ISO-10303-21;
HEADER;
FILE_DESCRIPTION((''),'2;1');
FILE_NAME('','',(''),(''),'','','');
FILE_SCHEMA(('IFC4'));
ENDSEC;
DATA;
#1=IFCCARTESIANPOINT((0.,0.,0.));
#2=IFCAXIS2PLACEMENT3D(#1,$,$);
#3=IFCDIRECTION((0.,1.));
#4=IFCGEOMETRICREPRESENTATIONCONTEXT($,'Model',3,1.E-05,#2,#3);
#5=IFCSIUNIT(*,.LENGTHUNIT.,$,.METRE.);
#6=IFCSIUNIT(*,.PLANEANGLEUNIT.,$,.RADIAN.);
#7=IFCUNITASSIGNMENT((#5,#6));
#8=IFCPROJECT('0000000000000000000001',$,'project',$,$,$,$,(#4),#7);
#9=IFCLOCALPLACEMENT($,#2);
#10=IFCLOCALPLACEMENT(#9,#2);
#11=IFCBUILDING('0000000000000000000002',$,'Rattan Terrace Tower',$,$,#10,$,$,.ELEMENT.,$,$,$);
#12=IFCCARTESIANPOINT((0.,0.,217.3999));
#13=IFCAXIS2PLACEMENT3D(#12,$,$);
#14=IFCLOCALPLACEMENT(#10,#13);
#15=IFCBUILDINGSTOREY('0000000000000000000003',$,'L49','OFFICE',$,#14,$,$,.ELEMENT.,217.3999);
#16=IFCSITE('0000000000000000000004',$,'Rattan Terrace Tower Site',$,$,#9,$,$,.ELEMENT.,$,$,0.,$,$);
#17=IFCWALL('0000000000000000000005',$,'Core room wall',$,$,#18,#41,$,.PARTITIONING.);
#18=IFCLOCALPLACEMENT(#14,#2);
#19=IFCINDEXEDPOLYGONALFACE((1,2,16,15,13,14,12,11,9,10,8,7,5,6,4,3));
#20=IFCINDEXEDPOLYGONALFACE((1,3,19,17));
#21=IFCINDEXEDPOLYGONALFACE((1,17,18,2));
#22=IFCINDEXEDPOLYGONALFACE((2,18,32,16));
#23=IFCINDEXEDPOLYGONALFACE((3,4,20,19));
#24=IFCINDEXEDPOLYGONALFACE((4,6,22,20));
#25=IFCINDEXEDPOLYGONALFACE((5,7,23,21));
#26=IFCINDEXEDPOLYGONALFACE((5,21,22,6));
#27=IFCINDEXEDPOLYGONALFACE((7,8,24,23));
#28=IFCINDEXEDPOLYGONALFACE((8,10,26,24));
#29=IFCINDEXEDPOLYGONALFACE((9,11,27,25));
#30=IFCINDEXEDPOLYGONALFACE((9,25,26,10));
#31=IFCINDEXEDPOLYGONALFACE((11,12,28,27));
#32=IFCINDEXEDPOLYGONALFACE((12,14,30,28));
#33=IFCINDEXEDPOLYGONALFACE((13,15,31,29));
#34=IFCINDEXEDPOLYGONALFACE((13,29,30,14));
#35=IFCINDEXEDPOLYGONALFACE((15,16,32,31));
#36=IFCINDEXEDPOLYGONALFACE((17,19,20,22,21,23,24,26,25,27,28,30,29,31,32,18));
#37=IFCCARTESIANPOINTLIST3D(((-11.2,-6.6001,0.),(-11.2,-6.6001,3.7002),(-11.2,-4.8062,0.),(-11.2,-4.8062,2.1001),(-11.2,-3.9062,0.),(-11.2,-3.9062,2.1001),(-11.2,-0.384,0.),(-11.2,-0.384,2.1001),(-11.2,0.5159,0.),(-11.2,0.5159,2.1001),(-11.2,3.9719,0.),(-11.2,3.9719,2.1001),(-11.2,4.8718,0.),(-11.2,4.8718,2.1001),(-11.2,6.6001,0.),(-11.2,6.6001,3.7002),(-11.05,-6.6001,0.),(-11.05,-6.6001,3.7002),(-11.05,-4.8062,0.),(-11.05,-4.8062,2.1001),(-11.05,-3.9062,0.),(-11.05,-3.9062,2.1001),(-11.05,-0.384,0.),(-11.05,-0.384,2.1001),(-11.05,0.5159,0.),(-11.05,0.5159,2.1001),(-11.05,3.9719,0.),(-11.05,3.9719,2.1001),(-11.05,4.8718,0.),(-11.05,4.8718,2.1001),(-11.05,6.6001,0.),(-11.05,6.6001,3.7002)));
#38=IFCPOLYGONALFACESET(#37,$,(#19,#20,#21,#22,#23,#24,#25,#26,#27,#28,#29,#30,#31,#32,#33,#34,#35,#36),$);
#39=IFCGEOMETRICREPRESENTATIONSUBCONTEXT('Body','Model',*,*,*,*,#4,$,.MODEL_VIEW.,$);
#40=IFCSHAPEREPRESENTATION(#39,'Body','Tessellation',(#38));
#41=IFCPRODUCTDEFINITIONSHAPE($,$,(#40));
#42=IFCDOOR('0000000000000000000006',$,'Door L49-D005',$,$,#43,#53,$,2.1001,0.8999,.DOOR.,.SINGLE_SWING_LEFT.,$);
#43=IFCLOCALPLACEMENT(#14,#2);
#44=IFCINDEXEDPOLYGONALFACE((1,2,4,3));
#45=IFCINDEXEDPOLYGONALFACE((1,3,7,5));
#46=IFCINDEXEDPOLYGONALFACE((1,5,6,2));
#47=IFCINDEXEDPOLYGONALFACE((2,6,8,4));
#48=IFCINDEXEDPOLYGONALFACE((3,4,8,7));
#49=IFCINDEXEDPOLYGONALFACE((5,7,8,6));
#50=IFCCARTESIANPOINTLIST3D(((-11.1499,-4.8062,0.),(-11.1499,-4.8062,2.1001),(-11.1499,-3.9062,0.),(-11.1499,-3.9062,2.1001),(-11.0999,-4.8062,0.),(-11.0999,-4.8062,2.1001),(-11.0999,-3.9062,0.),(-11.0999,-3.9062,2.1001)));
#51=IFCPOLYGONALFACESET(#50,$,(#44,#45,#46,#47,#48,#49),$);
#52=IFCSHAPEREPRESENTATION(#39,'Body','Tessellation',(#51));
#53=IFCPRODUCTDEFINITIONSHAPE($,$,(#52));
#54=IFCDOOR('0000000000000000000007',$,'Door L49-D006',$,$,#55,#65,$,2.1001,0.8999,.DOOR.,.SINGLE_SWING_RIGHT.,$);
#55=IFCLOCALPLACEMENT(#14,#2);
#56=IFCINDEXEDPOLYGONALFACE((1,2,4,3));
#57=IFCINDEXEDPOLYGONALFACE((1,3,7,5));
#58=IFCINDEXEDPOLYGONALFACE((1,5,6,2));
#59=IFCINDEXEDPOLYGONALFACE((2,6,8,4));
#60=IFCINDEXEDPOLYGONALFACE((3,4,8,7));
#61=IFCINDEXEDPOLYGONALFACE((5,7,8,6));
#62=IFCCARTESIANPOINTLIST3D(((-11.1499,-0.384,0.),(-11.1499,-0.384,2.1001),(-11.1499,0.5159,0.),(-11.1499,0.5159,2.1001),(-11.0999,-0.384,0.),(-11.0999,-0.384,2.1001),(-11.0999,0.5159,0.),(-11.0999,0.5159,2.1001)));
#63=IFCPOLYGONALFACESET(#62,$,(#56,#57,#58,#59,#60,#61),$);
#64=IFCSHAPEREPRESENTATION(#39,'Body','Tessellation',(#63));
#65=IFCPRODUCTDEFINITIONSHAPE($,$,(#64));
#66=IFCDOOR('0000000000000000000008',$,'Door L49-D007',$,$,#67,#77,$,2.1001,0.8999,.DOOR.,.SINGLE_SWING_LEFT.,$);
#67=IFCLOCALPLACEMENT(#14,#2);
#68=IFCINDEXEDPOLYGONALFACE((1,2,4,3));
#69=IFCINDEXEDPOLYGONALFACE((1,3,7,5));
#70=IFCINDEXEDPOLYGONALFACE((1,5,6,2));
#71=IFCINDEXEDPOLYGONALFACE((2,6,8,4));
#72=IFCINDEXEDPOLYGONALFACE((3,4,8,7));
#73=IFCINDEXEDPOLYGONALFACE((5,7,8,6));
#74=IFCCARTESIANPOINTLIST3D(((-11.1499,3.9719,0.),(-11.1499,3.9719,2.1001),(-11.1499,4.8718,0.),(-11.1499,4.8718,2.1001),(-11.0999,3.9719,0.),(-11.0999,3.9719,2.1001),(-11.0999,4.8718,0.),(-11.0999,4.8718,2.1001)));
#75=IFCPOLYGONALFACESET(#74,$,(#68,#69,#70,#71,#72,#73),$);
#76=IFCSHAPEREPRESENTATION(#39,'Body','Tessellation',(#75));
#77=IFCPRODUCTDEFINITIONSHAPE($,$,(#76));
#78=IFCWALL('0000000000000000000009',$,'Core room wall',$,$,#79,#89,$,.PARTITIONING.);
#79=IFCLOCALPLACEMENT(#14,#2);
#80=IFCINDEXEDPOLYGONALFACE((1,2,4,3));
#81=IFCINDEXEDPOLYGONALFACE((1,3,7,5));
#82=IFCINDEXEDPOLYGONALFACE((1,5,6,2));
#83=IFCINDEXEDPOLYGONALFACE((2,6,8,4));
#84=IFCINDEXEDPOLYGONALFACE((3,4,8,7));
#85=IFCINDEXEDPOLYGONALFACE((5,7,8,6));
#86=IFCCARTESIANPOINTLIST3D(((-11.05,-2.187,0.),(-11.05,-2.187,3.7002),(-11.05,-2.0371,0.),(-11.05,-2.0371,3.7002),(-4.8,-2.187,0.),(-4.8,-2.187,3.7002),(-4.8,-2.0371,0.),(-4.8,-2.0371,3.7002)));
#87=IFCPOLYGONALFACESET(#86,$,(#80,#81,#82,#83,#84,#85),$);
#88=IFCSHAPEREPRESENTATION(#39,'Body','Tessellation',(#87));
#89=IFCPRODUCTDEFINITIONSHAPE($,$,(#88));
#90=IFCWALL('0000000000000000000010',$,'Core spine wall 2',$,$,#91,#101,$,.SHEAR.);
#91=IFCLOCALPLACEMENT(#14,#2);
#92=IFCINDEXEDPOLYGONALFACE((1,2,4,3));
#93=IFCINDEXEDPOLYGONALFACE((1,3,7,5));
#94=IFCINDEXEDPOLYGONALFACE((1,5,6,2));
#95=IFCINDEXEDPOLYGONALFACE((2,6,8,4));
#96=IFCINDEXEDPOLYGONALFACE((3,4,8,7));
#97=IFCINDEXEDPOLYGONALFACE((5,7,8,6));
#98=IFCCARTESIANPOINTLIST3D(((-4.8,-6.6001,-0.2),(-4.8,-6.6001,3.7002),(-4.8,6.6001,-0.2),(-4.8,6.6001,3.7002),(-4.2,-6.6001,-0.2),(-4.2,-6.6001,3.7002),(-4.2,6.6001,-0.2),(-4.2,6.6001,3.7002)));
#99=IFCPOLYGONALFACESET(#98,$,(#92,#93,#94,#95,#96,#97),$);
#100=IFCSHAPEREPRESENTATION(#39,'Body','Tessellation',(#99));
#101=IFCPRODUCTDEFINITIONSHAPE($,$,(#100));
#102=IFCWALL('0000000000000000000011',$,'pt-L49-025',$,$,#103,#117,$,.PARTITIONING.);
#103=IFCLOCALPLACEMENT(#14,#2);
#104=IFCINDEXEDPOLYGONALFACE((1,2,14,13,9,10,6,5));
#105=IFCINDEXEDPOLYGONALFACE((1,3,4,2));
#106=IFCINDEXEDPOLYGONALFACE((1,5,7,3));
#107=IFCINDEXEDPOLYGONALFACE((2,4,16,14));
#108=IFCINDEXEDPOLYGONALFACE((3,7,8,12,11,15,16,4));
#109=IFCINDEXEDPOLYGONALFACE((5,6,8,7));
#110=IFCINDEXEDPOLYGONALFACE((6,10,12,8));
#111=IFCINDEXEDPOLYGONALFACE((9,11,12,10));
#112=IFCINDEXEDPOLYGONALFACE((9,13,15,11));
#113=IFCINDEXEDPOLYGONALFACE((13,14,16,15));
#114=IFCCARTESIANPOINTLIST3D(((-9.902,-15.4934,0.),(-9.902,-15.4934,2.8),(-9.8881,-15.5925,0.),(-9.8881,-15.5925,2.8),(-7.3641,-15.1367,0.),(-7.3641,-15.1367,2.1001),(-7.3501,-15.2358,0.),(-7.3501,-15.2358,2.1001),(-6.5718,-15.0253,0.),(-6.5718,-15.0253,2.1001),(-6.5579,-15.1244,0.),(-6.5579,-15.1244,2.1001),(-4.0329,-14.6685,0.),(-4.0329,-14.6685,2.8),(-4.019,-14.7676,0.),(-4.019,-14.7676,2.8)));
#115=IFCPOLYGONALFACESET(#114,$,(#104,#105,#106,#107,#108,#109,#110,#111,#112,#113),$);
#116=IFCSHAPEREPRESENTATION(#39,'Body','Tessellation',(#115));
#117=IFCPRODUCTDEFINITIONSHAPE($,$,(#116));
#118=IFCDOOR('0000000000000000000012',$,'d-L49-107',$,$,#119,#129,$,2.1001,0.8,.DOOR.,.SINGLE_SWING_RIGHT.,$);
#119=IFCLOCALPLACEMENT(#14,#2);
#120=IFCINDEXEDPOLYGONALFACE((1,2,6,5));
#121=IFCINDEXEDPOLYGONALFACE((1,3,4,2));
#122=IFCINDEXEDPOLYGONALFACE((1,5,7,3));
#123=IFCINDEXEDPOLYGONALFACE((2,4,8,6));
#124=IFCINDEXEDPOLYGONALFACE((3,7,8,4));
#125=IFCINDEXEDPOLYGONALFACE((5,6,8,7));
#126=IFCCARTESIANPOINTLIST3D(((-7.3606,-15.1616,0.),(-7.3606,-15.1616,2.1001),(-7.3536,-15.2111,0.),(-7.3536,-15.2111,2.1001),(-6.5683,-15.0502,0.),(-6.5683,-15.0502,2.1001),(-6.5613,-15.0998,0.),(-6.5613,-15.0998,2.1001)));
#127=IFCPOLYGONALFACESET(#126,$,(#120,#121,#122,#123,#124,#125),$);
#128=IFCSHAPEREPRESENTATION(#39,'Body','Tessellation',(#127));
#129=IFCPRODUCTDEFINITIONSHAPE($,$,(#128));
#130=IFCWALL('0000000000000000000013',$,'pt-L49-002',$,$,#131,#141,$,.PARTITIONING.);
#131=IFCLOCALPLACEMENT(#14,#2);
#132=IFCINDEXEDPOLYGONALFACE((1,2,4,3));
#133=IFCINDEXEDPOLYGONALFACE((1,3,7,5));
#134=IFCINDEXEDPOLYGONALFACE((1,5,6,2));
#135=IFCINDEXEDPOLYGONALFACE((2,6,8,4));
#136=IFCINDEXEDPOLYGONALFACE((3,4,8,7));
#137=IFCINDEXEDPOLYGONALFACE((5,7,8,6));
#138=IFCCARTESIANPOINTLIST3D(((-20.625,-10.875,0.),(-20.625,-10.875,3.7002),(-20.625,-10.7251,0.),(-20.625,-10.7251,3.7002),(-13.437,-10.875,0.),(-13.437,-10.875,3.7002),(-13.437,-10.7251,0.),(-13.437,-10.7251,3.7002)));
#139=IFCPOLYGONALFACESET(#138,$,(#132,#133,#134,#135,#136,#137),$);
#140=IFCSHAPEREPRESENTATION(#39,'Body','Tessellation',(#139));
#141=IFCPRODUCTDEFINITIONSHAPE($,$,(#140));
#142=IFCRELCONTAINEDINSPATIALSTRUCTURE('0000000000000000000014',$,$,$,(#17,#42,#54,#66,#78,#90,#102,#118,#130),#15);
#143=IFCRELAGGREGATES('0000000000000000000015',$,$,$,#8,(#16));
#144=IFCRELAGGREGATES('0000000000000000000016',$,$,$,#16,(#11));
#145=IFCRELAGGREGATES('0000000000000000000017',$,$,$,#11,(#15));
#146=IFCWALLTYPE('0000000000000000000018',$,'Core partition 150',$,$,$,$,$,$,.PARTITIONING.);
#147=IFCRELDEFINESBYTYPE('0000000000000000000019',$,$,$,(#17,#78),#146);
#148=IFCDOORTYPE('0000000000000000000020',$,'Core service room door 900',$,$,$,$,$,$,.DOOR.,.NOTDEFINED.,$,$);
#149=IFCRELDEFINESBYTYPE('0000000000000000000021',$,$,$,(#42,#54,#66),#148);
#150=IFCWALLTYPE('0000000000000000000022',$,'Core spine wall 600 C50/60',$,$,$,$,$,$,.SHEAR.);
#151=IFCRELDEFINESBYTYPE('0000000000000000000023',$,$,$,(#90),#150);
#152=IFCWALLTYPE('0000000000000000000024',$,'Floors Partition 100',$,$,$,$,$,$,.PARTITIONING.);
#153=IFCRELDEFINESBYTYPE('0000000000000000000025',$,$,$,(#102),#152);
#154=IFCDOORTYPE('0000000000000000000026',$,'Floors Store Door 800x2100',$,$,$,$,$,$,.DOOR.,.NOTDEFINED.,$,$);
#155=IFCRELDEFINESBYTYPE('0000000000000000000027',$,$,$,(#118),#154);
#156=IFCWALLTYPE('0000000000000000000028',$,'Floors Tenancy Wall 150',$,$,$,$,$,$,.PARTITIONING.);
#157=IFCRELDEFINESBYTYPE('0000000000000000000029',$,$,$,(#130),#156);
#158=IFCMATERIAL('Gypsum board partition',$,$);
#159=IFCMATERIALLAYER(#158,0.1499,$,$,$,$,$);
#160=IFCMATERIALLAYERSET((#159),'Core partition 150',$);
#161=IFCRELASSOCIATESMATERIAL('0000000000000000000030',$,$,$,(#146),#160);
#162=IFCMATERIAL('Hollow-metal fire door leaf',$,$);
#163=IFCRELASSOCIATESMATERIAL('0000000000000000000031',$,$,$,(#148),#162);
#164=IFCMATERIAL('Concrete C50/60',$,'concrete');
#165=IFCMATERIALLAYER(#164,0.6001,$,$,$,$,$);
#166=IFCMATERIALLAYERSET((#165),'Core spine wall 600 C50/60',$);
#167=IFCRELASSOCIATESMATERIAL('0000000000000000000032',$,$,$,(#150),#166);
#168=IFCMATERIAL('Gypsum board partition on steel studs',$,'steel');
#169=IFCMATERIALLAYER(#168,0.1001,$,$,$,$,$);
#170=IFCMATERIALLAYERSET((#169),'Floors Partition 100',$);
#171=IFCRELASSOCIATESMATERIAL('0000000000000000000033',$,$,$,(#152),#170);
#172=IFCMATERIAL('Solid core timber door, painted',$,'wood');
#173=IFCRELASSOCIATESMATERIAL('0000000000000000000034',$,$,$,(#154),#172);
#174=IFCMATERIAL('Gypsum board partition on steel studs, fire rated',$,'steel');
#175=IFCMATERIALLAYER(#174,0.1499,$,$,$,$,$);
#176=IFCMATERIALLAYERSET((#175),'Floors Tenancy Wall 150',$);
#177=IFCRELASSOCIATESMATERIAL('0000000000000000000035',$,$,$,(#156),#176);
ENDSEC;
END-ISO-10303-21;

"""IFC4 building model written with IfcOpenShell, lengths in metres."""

from ifc_helpers import new_model, si_unit, direction, frame, frame_2d, origin, place, context, subcontext, project, spatial, rectangle, extrude, material, layer, layer_set, type_object, element, fill, save


model = new_model("IFC4")

# Units and contexts
model_context = context("Model", 3, precision=1e-05, world=origin(), true_north=direction((0.0, 1.0)))
body_context = subcontext(model_context, "Body", "Model", "MODEL_VIEW")
ifc_project = project(units=[si_unit("LENGTHUNIT", "METRE"), si_unit("PLANEANGLEUNIT", "RADIAN")], contexts=[model_context])

# Site, building, storey
site_placement = place(None, origin())
site = spatial("IfcSite", under=ifc_project, at=site_placement, Name="Rattan Terrace Tower Site", CompositionType="ELEMENT", RefElevation=0.0)
building_placement = place(site_placement, origin())
building = spatial("IfcBuilding", under=site, at=building_placement, Name="Rattan Terrace Tower", CompositionType="ELEMENT")
storey_placement = place(building_placement, frame((0.0, 0.0, 217.3999)))
storey = spatial("IfcBuildingStorey", under=building, at=storey_placement, Name="L49", Description="OFFICE", CompositionType="ELEMENT", Elevation=217.3999)

# Wall, openings, doors
ifc_material_1 = material(Name="Gypsum board partition")
ifc_layer_1 = layer(ifc_material_1, 0.1499)
ifc_layer_set_1 = layer_set([ifc_layer_1], Name="Core partition 150")
wall_type_1 = type_object("IfcWallType", Name="Core partition 150", PredefinedType="PARTITIONING", material=ifc_layer_set_1)
wall_1_placement = place(storey_placement, frame((-11.125, -6.6001, 0.0), z_axis=(0.0, 0.0, 1.0), x_axis=(0.0, 1.0, 0.0)))
wall_1 = element("IfcWall", 1, at=wall_1_placement, inside=storey, type_object=wall_type_1, Name="Core room wall", PredefinedType="PARTITIONING", context=body_context, shape_type="SweptSolid", body=[
    extrude(rectangle(XDim=13.2002, YDim=0.1499, at=frame_2d((6.6001, 0.0))), origin(), (0.0, 0.0, 1.0), 3.7002),
])
opening_1_placement = place(wall_1_placement, frame((1.7939, 0.0, 0.0)))
opening_1 = element("IfcOpeningElement", 2, at=opening_1_placement, cuts=wall_1, PredefinedType="OPENING", context=body_context, shape_type="SweptSolid", body=[
    extrude(rectangle(XDim=0.8999, YDim=2.1001, at=frame_2d((0.45, 1.05))), frame((0.0, 0.0854, 0.0), z_axis=(0.0, -1.0, 0.0), x_axis=(1.0, 0.0, 0.0)), (0.0, 0.0, 1.0), 0.1709),
])
opening_2_placement = place(wall_1_placement, frame((6.2161, 0.0, 0.0)))
opening_2 = element("IfcOpeningElement", 3, at=opening_2_placement, cuts=wall_1, PredefinedType="OPENING", context=body_context, shape_type="SweptSolid", body=[
    extrude(rectangle(XDim=0.8999, YDim=2.1001, at=frame_2d((0.45, 1.05))), frame((0.0, 0.0854, 0.0), z_axis=(0.0, -1.0, 0.0), x_axis=(1.0, 0.0, 0.0)), (0.0, 0.0, 1.0), 0.1709),
])
opening_3_placement = place(wall_1_placement, frame((10.572, 0.0, 0.0)))
opening_3 = element("IfcOpeningElement", 4, at=opening_3_placement, cuts=wall_1, PredefinedType="OPENING", context=body_context, shape_type="SweptSolid", body=[
    extrude(rectangle(XDim=0.8999, YDim=2.1001, at=frame_2d((0.45, 1.05))), frame((0.0, 0.0854, 0.0), z_axis=(0.0, -1.0, 0.0), x_axis=(1.0, 0.0, 0.0)), (0.0, 0.0, 1.0), 0.1709),
])
ifc_material_2 = material(Name="Hollow-metal fire door leaf")
door_type_1 = type_object("IfcDoorType", Name="Core service room door 900", OperationType="NOTDEFINED", PredefinedType="DOOR", material=ifc_material_2)
door_1_placement = place(opening_1_placement, origin())
door_1 = element("IfcDoor", 5, at=door_1_placement, inside=storey, type_object=door_type_1, Name="Door L49-D005", OperationType="SINGLE_SWING_LEFT", OverallHeight=2.1001, OverallWidth=0.8999, PredefinedType="DOOR", context=body_context, shape_type="SweptSolid", body=[
    extrude(rectangle(XDim=0.8999, YDim=2.1001, at=frame_2d((0.45, 1.05))), frame((0.0, 0.0249, 0.0), z_axis=(0.0, -1.0, 0.0), x_axis=(1.0, 0.0, 0.0)), (0.0, 0.0, 1.0), 0.05),
])
fill(opening_1, door_1)
door_2_placement = place(opening_2_placement, origin())
door_2 = element("IfcDoor", 6, at=door_2_placement, inside=storey, type_object=door_type_1, Name="Door L49-D006", OperationType="SINGLE_SWING_RIGHT", OverallHeight=2.1001, OverallWidth=0.8999, PredefinedType="DOOR", context=body_context, shape_type="SweptSolid", body=[
    extrude(rectangle(XDim=0.8999, YDim=2.1001, at=frame_2d((0.45, 1.05))), frame((0.0, 0.0249, 0.0), z_axis=(0.0, -1.0, 0.0), x_axis=(1.0, 0.0, 0.0)), (0.0, 0.0, 1.0), 0.05),
])
fill(opening_2, door_2)
door_3_placement = place(opening_3_placement, origin())
door_3 = element("IfcDoor", 7, at=door_3_placement, inside=storey, type_object=door_type_1, Name="Door L49-D007", OperationType="SINGLE_SWING_LEFT", OverallHeight=2.1001, OverallWidth=0.8999, PredefinedType="DOOR", context=body_context, shape_type="SweptSolid", body=[
    extrude(rectangle(XDim=0.8999, YDim=2.1001, at=frame_2d((0.45, 1.05))), frame((0.0, 0.0249, 0.0), z_axis=(0.0, -1.0, 0.0), x_axis=(1.0, 0.0, 0.0)), (0.0, 0.0, 1.0), 0.05),
])
fill(opening_3, door_3)

# Walls
wall_2_placement = place(storey_placement, frame((-11.05, -2.1121, 0.0), z_axis=(0.0, 0.0, 1.0), x_axis=(1.0, 0.0, 0.0)))
element("IfcWall", 8, at=wall_2_placement, inside=storey, type_object=wall_type_1, Name="Core room wall", PredefinedType="PARTITIONING", context=body_context, shape_type="SweptSolid", body=[
    extrude(rectangle(XDim=6.25, YDim=0.1499, at=frame_2d((3.125, 0.0))), origin(), (0.0, 0.0, 1.0), 3.7002),
])
ifc_material_3 = material(Name="Concrete C50/60", Category="concrete")
ifc_layer_2 = layer(ifc_material_3, 0.6001)
ifc_layer_set_2 = layer_set([ifc_layer_2], Name="Core spine wall 600 C50/60")
wall_type_2 = type_object("IfcWallType", Name="Core spine wall 600 C50/60", PredefinedType="SHEAR", material=ifc_layer_set_2)
wall_3_placement = place(storey_placement, frame((-4.5, -6.6001, -0.2), z_axis=(0.0, 0.0, 1.0), x_axis=(0.0, 1.0, 0.0)))
element("IfcWall", 9, at=wall_3_placement, inside=storey, type_object=wall_type_2, Name="Core spine wall 2", PredefinedType="SHEAR", context=body_context, shape_type="SweptSolid", body=[
    extrude(rectangle(XDim=13.2002, YDim=0.6001, at=frame_2d((6.6001, 0.0))), origin(), (0.0, 0.0, 1.0), 3.9001),
])

# Wall, opening, door
ifc_material_4 = material(Name="Gypsum board partition on steel studs", Category="steel")
ifc_layer_3 = layer(ifc_material_4, 0.1001)
ifc_layer_set_3 = layer_set([ifc_layer_3], Name="Floors Partition 100")
wall_type_3 = type_object("IfcWallType", Name="Floors Partition 100", PredefinedType="PARTITIONING", material=ifc_layer_set_3)
wall_4_placement = place(storey_placement, frame((-9.895, -15.543, 0.0), z_axis=(0.0, 0.0, 1.0), x_axis=(0.990266, 0.139189, 0.0)))
wall_4 = element("IfcWall", 10, at=wall_4_placement, inside=storey, type_object=wall_type_3, Name="pt-L49-025", PredefinedType="PARTITIONING", context=body_context, shape_type="SweptSolid", body=[
    extrude(rectangle(XDim=5.9268, YDim=0.1001, at=frame_2d((2.9634, 0.0))), origin(), (0.0, 0.0, 1.0), 2.8),
])
opening_4_placement = place(wall_4_placement, frame((2.563, 0.0, 0.0)))
opening_4 = element("IfcOpeningElement", 11, at=opening_4_placement, cuts=wall_4, PredefinedType="OPENING", context=body_context, shape_type="SweptSolid", body=[
    extrude(rectangle(XDim=0.8, YDim=2.1001, at=frame_2d((0.3999, 1.05))), frame((0.0, 0.0605, 0.0), z_axis=(0.0, -1.0, 0.0), x_axis=(1.0, 0.0, 0.0)), (0.0, 0.0, 1.0), 0.1211),
])
ifc_material_5 = material(Name="Solid core timber door, painted", Category="wood")
door_type_2 = type_object("IfcDoorType", Name="Floors Store Door 800x2100", OperationType="NOTDEFINED", PredefinedType="DOOR", material=ifc_material_5)
door_4_placement = place(opening_4_placement, origin())
door_4 = element("IfcDoor", 12, at=door_4_placement, inside=storey, type_object=door_type_2, Name="d-L49-107", OperationType="SINGLE_SWING_RIGHT", OverallHeight=2.1001, OverallWidth=0.8, PredefinedType="DOOR", context=body_context, shape_type="SweptSolid", body=[
    extrude(rectangle(XDim=0.8, YDim=2.1001, at=frame_2d((0.3999, 1.05))), frame((0.0, 0.0249, 0.0), z_axis=(0.0, -1.0, 0.0), x_axis=(1.0, 0.0, 0.0)), (0.0, 0.0, 1.0), 0.05),
])
fill(opening_4, door_4)

# Wall
ifc_material_6 = material(Name="Gypsum board partition on steel studs, fire rated", Category="steel")
ifc_layer_4 = layer(ifc_material_6, 0.1499)
ifc_layer_set_4 = layer_set([ifc_layer_4], Name="Floors Tenancy Wall 150")
wall_type_4 = type_object("IfcWallType", Name="Floors Tenancy Wall 150", PredefinedType="PARTITIONING", material=ifc_layer_set_4)
wall_5_placement = place(storey_placement, frame((-13.437, -10.8, 0.0), z_axis=(0.0, 0.0, 1.0), x_axis=(-1.0, 0.0, 0.0)))
element("IfcWall", 13, at=wall_5_placement, inside=storey, type_object=wall_type_4, Name="pt-L49-002", PredefinedType="PARTITIONING", context=body_context, shape_type="SweptSolid", body=[
    extrude(rectangle(XDim=7.188, YDim=0.1499, at=frame_2d((3.594, 0.0))), origin(), (0.0, 0.0, 1.0), 3.7002),
])

save(model, "model.ifc")
